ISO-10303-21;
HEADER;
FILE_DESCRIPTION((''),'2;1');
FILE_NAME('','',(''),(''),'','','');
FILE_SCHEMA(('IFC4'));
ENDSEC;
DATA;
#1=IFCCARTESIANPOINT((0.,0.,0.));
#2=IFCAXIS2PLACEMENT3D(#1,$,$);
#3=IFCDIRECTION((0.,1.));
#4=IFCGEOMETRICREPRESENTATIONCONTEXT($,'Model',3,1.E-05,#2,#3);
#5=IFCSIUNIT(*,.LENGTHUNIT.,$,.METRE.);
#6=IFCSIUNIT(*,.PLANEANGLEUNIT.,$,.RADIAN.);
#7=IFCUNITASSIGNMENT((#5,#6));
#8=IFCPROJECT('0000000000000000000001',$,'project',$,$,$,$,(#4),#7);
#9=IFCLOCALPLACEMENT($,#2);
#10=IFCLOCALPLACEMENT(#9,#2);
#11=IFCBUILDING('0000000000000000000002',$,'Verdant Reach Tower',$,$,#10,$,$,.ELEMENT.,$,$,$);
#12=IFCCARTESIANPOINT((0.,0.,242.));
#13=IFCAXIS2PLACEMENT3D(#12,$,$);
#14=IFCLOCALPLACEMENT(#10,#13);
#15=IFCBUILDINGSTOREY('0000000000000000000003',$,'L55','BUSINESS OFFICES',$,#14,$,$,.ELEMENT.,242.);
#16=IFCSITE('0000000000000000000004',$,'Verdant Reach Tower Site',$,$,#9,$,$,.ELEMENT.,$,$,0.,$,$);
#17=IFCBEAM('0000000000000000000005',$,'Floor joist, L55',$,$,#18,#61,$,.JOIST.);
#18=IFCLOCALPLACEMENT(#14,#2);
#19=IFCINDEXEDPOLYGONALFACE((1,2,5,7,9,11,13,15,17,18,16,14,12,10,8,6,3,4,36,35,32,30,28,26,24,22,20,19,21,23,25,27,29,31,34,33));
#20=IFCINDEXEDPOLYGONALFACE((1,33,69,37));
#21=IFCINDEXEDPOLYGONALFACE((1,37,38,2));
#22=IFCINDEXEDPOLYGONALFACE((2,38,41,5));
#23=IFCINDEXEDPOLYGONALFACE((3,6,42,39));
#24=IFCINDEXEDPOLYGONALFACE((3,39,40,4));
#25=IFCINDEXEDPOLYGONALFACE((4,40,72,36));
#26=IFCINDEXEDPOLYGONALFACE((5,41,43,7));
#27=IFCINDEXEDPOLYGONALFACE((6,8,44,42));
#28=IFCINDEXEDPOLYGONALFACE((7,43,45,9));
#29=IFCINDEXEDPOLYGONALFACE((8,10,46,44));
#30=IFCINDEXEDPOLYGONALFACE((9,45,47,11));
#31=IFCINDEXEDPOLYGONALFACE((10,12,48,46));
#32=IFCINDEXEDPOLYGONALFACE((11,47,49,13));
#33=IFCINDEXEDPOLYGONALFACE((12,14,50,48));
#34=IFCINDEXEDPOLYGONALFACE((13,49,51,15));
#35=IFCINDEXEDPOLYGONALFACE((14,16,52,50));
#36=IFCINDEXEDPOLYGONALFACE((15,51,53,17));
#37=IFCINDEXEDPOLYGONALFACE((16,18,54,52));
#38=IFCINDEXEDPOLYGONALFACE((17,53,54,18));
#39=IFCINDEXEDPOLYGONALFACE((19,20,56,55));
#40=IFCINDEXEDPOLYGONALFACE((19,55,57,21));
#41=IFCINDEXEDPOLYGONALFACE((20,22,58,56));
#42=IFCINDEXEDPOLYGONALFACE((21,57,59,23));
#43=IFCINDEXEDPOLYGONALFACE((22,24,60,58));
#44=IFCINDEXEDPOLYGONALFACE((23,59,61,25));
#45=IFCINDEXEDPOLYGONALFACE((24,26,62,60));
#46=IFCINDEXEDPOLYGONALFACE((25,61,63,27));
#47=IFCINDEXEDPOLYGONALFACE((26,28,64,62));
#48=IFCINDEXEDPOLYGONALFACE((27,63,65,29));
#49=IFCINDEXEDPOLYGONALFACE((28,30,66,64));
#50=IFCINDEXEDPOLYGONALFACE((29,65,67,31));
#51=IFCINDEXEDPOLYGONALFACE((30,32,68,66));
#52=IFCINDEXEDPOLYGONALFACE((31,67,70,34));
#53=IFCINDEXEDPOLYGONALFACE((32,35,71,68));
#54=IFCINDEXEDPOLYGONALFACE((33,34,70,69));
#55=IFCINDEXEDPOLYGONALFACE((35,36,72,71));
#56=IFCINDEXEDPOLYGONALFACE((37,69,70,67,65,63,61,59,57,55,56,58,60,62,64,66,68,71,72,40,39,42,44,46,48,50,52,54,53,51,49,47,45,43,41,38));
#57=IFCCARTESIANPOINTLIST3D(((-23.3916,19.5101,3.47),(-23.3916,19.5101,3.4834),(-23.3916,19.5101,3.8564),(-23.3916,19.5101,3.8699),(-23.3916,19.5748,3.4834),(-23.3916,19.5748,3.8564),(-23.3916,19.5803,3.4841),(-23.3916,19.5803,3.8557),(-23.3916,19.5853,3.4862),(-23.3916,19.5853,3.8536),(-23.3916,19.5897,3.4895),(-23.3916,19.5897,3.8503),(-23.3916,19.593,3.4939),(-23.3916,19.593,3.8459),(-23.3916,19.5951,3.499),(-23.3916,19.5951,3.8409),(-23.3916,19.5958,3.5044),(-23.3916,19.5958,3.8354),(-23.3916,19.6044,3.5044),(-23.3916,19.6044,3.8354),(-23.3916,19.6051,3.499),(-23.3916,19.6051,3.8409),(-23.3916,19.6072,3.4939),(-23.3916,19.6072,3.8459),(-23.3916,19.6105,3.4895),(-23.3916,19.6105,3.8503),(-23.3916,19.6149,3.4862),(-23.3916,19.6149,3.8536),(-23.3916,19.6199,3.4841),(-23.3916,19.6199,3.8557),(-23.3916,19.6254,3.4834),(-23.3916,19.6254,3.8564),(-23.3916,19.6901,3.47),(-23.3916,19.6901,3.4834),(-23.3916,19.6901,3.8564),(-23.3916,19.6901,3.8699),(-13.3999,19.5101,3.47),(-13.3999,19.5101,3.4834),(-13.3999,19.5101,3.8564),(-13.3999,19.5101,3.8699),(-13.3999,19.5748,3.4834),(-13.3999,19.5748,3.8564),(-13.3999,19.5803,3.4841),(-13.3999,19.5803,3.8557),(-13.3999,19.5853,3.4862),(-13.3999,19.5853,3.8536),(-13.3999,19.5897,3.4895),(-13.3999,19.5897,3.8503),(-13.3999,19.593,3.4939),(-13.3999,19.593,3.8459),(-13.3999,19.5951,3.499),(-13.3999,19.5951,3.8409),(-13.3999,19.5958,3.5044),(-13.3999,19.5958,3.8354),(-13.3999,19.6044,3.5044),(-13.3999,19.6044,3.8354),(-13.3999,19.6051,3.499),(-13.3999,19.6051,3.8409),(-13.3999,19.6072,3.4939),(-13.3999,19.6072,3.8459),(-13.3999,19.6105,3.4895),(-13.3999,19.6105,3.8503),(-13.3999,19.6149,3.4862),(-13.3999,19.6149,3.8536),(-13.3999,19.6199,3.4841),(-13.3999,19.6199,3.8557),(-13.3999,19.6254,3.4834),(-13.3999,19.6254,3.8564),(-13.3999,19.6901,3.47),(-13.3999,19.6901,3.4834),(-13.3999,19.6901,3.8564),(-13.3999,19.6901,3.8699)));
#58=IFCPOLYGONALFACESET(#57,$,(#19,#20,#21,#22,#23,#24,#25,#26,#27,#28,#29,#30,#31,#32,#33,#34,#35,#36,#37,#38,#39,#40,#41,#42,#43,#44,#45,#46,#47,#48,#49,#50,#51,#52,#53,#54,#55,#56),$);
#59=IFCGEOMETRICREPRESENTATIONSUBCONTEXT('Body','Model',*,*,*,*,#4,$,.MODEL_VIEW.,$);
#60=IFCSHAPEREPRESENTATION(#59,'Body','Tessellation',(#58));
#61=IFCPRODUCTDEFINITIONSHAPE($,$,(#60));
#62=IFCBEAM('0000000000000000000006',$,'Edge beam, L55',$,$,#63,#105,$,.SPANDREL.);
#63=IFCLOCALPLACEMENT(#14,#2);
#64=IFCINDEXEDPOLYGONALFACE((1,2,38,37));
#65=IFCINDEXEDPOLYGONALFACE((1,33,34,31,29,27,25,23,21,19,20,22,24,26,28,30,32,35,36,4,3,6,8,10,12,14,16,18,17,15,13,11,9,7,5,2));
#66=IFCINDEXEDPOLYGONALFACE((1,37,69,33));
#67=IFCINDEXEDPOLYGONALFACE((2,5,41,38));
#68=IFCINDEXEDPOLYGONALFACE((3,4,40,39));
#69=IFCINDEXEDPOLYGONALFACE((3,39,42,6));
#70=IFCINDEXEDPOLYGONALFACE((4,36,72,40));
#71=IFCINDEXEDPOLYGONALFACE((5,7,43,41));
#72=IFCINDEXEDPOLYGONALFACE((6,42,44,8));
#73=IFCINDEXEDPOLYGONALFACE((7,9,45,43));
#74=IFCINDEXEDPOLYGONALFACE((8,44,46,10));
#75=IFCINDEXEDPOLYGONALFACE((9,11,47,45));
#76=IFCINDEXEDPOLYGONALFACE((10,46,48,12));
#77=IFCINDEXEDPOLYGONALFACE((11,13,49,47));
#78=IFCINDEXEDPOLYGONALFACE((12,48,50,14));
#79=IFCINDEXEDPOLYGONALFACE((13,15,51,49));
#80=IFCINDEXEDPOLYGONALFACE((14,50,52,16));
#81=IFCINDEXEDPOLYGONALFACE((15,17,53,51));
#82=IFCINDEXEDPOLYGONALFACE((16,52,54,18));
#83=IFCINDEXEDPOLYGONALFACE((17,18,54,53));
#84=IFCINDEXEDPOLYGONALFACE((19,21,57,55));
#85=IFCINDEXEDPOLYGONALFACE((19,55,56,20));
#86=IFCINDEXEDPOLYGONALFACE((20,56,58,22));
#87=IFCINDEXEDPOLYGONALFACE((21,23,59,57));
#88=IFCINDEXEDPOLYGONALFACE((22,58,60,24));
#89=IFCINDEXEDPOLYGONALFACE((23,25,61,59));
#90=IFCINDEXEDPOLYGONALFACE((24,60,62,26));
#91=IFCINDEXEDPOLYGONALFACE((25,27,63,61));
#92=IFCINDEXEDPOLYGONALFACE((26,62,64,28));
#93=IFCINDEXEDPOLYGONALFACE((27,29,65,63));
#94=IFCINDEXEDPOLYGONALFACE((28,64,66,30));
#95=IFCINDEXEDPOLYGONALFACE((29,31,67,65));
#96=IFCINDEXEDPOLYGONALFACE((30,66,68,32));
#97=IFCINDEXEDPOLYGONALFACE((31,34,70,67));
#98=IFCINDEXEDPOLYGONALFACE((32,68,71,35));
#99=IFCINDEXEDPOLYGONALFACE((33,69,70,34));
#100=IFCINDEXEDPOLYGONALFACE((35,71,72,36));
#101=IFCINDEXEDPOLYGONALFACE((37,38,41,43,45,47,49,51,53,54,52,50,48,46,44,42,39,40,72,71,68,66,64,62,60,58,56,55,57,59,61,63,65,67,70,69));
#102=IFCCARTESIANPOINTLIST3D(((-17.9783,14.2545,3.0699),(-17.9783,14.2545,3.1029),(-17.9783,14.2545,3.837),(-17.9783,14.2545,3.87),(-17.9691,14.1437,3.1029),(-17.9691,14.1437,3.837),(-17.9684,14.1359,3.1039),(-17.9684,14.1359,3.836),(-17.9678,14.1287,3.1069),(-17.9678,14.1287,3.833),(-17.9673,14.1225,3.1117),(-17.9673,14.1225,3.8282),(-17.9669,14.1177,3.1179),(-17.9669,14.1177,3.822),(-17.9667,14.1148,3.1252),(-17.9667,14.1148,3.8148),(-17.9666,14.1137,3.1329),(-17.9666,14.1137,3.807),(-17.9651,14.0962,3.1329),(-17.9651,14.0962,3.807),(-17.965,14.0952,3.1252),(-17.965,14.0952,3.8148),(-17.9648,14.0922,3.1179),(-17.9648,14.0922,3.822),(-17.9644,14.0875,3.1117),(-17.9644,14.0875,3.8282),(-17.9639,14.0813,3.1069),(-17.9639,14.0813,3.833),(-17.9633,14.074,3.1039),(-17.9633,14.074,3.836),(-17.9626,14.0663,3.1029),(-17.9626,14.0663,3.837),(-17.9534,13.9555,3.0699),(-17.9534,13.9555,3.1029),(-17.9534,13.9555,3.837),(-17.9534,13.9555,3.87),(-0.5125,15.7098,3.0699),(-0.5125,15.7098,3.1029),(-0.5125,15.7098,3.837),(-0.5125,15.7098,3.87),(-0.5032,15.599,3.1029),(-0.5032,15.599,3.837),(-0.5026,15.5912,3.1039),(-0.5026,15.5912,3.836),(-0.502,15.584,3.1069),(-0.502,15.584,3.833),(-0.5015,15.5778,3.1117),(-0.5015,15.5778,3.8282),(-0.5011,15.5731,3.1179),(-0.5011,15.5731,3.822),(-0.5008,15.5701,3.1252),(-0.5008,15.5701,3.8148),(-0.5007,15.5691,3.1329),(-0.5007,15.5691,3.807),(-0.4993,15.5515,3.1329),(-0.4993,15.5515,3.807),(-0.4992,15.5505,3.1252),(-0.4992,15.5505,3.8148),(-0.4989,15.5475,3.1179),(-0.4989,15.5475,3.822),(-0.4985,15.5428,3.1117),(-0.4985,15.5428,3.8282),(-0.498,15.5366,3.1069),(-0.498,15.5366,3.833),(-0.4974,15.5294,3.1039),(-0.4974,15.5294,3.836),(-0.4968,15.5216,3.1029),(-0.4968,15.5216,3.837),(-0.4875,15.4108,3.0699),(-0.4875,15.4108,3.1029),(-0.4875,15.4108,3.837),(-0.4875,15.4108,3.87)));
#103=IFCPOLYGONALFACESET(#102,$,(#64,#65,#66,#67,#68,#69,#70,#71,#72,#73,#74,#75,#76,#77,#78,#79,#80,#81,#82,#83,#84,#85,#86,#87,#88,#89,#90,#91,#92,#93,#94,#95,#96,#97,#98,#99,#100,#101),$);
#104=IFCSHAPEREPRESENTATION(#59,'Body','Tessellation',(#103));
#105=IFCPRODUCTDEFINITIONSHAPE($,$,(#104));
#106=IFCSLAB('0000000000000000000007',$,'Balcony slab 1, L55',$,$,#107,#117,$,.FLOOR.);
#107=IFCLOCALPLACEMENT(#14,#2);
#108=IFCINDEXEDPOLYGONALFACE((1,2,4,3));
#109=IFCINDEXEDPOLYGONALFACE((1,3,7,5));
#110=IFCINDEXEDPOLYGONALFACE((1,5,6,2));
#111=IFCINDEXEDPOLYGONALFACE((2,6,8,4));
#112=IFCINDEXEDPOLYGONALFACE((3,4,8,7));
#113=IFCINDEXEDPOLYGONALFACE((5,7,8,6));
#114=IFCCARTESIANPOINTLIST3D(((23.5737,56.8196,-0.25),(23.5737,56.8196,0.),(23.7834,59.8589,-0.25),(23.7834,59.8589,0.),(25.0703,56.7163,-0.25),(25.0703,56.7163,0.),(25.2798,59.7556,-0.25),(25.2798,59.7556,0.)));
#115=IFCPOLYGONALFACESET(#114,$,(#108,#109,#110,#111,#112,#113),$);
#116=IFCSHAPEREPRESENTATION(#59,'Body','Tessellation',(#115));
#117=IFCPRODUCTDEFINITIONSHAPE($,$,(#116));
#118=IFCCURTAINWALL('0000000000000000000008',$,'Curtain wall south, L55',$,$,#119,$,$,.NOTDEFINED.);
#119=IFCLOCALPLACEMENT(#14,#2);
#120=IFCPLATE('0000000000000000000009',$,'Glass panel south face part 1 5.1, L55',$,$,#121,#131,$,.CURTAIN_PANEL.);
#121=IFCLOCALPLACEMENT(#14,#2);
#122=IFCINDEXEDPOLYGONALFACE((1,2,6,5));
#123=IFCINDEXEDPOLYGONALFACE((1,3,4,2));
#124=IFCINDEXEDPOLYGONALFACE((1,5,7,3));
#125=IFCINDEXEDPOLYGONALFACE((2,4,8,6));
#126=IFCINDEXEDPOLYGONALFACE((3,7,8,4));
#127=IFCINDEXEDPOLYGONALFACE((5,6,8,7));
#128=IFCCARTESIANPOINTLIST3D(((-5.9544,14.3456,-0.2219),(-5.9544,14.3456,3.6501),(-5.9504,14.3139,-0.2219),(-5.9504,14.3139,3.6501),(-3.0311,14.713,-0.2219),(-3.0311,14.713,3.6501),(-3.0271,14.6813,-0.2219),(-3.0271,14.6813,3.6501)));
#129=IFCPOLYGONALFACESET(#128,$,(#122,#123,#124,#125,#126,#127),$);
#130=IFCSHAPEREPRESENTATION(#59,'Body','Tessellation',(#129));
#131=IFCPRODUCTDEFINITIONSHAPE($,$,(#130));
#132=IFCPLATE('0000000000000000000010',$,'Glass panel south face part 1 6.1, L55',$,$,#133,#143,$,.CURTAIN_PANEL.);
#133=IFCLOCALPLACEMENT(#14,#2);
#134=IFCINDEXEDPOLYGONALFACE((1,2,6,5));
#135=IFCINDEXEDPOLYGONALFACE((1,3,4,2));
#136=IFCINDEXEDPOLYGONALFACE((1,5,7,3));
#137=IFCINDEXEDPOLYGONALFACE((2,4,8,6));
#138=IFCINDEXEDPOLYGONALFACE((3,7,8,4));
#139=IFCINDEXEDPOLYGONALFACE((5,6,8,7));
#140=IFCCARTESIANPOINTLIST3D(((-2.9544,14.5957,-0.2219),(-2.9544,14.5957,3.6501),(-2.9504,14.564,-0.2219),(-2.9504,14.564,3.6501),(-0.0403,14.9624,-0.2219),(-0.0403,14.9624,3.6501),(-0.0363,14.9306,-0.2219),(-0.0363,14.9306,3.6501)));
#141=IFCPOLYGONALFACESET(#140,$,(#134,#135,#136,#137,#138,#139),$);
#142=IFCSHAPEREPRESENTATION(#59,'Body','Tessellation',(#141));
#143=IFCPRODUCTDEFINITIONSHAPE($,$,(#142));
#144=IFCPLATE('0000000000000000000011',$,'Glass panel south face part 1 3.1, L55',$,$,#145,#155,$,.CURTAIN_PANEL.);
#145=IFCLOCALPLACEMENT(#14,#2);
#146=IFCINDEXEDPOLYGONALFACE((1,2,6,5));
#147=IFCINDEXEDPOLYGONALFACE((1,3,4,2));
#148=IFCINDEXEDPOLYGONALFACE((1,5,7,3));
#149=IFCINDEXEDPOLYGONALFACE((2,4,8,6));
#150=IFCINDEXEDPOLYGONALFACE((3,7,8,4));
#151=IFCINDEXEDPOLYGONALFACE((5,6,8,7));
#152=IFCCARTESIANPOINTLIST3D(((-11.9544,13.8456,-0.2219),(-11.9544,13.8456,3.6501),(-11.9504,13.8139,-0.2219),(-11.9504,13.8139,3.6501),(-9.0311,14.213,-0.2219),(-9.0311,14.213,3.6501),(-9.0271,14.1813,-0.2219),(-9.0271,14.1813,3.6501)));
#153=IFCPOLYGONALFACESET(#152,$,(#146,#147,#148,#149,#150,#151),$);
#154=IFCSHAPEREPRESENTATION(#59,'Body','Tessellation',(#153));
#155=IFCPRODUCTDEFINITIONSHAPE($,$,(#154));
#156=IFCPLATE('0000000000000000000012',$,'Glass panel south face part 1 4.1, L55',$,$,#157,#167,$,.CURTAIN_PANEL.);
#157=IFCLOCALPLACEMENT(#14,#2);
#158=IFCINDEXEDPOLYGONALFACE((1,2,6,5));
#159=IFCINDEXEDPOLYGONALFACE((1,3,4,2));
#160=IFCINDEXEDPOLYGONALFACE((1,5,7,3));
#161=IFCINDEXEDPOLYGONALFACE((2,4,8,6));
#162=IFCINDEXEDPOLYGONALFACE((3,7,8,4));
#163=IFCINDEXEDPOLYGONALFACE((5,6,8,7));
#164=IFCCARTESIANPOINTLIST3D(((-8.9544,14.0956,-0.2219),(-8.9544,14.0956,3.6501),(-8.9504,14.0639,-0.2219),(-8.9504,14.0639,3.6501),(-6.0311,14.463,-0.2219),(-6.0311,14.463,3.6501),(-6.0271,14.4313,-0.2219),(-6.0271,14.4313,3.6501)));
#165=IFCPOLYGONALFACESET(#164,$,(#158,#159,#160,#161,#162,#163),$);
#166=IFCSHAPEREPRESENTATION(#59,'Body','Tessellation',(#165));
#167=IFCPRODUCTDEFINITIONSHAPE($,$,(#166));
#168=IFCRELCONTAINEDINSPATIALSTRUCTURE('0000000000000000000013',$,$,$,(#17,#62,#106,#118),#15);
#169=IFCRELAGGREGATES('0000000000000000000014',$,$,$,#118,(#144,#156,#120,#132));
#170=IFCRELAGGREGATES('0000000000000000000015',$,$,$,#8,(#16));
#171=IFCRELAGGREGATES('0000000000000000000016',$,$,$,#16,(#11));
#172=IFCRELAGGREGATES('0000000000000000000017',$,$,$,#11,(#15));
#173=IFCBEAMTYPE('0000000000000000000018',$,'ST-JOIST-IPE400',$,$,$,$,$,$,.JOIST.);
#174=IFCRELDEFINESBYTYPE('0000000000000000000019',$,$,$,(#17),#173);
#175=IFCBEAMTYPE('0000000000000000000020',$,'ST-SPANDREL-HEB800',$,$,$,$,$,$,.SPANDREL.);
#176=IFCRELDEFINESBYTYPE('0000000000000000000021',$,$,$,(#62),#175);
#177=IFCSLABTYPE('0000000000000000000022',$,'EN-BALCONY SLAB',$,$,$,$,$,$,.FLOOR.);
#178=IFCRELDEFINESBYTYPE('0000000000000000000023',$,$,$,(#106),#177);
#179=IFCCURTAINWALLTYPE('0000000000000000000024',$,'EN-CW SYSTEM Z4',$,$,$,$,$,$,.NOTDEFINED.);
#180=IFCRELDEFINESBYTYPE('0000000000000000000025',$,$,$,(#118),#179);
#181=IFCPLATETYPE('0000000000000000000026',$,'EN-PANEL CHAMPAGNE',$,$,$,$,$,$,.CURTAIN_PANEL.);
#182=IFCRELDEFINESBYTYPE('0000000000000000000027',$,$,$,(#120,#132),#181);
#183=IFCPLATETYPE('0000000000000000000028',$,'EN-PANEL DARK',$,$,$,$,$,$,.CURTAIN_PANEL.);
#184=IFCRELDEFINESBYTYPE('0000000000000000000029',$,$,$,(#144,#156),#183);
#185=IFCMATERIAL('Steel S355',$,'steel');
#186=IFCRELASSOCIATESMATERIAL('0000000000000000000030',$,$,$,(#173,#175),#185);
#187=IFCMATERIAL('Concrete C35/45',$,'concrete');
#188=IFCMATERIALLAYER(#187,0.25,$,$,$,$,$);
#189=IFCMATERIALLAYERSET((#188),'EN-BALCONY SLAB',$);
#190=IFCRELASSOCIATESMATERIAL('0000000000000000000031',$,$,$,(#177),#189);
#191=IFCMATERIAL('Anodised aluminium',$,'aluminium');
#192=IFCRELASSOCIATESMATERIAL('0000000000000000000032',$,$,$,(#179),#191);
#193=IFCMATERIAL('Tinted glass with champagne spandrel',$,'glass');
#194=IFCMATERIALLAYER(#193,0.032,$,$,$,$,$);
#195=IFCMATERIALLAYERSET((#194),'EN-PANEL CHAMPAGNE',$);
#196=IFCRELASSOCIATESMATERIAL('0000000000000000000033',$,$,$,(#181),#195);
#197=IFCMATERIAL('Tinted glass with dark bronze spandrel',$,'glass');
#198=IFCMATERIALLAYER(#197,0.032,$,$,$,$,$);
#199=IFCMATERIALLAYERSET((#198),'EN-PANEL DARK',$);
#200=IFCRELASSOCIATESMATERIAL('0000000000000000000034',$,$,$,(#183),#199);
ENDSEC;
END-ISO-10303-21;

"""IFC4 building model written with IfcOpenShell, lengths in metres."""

from ifc_helpers import new_model, si_unit, direction, frame, origin, origin_2d, place, context, subcontext, project, spatial, polyline, rectangle, i_section, outline, extrude, material, layer, layer_set, material_profile, profile_set, type_object, element, aggregate, save


model = new_model("IFC4")

# Units and contexts
model_context = context("Model", 3, precision=1e-05, world=origin(), true_north=direction((0.0, 1.0)))
body_context = subcontext(model_context, "Body", "Model", "MODEL_VIEW")
ifc_project = project(units=[si_unit("LENGTHUNIT", "METRE"), si_unit("PLANEANGLEUNIT", "RADIAN")], contexts=[model_context])

# Site, building, storey
site_placement = place(None, origin())
site = spatial("IfcSite", under=ifc_project, at=site_placement, Name="Verdant Reach Tower Site", CompositionType="ELEMENT", RefElevation=0.0)
building_placement = place(site_placement, origin())
building = spatial("IfcBuilding", under=site, at=building_placement, Name="Verdant Reach Tower", CompositionType="ELEMENT")
storey_placement = place(building_placement, frame((0.0, 0.0, 242.0)))
storey = spatial("IfcBuildingStorey", under=building, at=storey_placement, Name="L55", Description="BUSINESS OFFICES", CompositionType="ELEMENT", Elevation=242.0)

# Beams
ifc_material_1 = material(Name="Steel S355", Category="steel")
ifc_material_profile_1 = material_profile(ifc_material_1, i_section(OverallWidth=0.1799, OverallDepth=0.3999, WebThickness=0.0085, FlangeThickness=0.0134, FilletRadius=0.021, at=origin_2d()), Name="IPE 400")
ifc_profile_set_1 = profile_set([ifc_material_profile_1], Name="Steel S355")
beam_type_1 = type_object("IfcBeamType", Name="ST-JOIST-IPE400", PredefinedType="JOIST", material=ifc_profile_set_1)
beam_1_placement = place(storey_placement, frame((-13.3999, 19.6001, 3.6699), z_axis=(-1.0, 0.0, 0.0), x_axis=(0.0, -1.0, 0.0)))
element("IfcBeam", 1, at=beam_1_placement, inside=storey, type_object=beam_type_1, Name="Floor joist, L55", PredefinedType="JOIST", context=body_context, shape_type="SweptSolid", body=[
    extrude(i_section(OverallWidth=0.1799, OverallDepth=0.3999, WebThickness=0.0085, FlangeThickness=0.0134, FilletRadius=0.021, at=origin_2d()), origin(), (0.0, 0.0, 1.0), 9.9917),
])
ifc_material_profile_2 = material_profile(ifc_material_1, i_section(OverallWidth=0.3, OverallDepth=0.8, WebThickness=0.0176, FlangeThickness=0.033, FilletRadius=0.03, at=origin_2d()), Name="HEB 800")
ifc_profile_set_2 = profile_set([ifc_material_profile_2], Name="Steel S355")
beam_type_2 = type_object("IfcBeamType", Name="ST-SPANDREL-HEB800", PredefinedType="SPANDREL", material=ifc_profile_set_2)
beam_2_placement = place(storey_placement, frame((-0.5, 15.5603, 3.47), z_axis=(-0.996547, -0.083036, 0.0), x_axis=(0.083036, -0.996547, 0.0)))
element("IfcBeam", 2, at=beam_2_placement, inside=storey, type_object=beam_type_2, Name="Edge beam, L55", PredefinedType="SPANDREL", context=body_context, shape_type="SweptSolid", body=[
    extrude(i_section(OverallWidth=0.3, OverallDepth=0.8, WebThickness=0.0176, FlangeThickness=0.033, FilletRadius=0.03, at=origin_2d()), origin(), (0.0, 0.0, 1.0), 17.5264),
])

# Slab
ifc_material_2 = material(Name="Concrete C35/45", Category="concrete")
ifc_layer_1 = layer(ifc_material_2, 0.25)
ifc_layer_set_1 = layer_set([ifc_layer_1], Name="EN-BALCONY SLAB")
slab_type_1 = type_object("IfcSlabType", Name="EN-BALCONY SLAB", PredefinedType="FLOOR", material=ifc_layer_set_1)
slab_1_placement = place(storey_placement, frame((0.0, 0.0, -0.25)))
element("IfcSlab", 3, at=slab_1_placement, inside=storey, type_object=slab_type_1, Name="Balcony slab 1, L55", PredefinedType="FLOOR", context=body_context, shape_type="SweptSolid", body=[
    extrude(outline(polyline([(23.5737, 56.8196), (23.7834, 59.8589), (25.2798, 59.7556), (25.0703, 56.7163), (23.5737, 56.8196)])), origin(), (0.0, 0.0, 1.0), 0.25),
])

# Curtain wall, plates
ifc_material_3 = material(Name="Anodised aluminium", Category="aluminium")
curtain_wall_type = type_object("IfcCurtainWallType", Name="EN-CW SYSTEM Z4", PredefinedType="NOTDEFINED", material=ifc_material_3)
curtain_wall_placement = place(storey_placement, origin())
curtain_wall = element("IfcCurtainWall", 4, at=curtain_wall_placement, inside=storey, type_object=curtain_wall_type, Name="Curtain wall south, L55", PredefinedType="NOTDEFINED")
ifc_material_4 = material(Name="Tinted glass with champagne spandrel", Category="glass")
ifc_layer_2 = layer(ifc_material_4, 0.032)
ifc_layer_set_2 = layer_set([ifc_layer_2], Name="EN-PANEL CHAMPAGNE")
plate_type_1 = type_object("IfcPlateType", Name="EN-PANEL CHAMPAGNE", PredefinedType="CURTAIN_PANEL", material=ifc_layer_set_2)
plate_1_placement = place(storey_placement, frame((-4.4907, 14.5134, -0.2219), z_axis=(0.0, 0.0, 1.0), x_axis=(0.992194, 0.124704, 0.0)))
plate_1 = element("IfcPlate", 5, at=plate_1_placement, type_object=plate_type_1, Name="Glass panel south face part 1 5.1, L55", PredefinedType="CURTAIN_PANEL", context=body_context, shape_type="SweptSolid", body=[
    extrude(rectangle(XDim=2.9463, YDim=0.032, at=origin_2d()), origin(), (0.0, 0.0, 1.0), 3.8721),
])
plate_2_placement = place(storey_placement, frame((-1.4954, 14.7632, -0.2219), z_axis=(0.0, 0.0, 1.0), x_axis=(0.992178, 0.124832, 0.0)))
plate_2 = element("IfcPlate", 6, at=plate_2_placement, type_object=plate_type_1, Name="Glass panel south face part 1 6.1, L55", PredefinedType="CURTAIN_PANEL", context=body_context, shape_type="SweptSolid", body=[
    extrude(rectangle(XDim=2.937, YDim=0.032, at=origin_2d()), origin(), (0.0, 0.0, 1.0), 3.8721),
])
ifc_material_5 = material(Name="Tinted glass with dark bronze spandrel", Category="glass")
ifc_layer_3 = layer(ifc_material_5, 0.032)
ifc_layer_set_3 = layer_set([ifc_layer_3], Name="EN-PANEL DARK")
plate_type_2 = type_object("IfcPlateType", Name="EN-PANEL DARK", PredefinedType="CURTAIN_PANEL", material=ifc_layer_set_3)
plate_3_placement = place(storey_placement, frame((-10.4907, 14.0134, -0.2219), z_axis=(0.0, 0.0, 1.0), x_axis=(0.992194, 0.124704, 0.0)))
plate_3 = element("IfcPlate", 7, at=plate_3_placement, type_object=plate_type_2, Name="Glass panel south face part 1 3.1, L55", PredefinedType="CURTAIN_PANEL", context=body_context, shape_type="SweptSolid", body=[
    extrude(rectangle(XDim=2.9463, YDim=0.032, at=origin_2d()), origin(), (0.0, 0.0, 1.0), 3.8721),
])
plate_4_placement = place(storey_placement, frame((-7.4907, 14.2634, -0.2219), z_axis=(0.0, 0.0, 1.0), x_axis=(0.992194, 0.124704, 0.0)))
plate_4 = element("IfcPlate", 8, at=plate_4_placement, type_object=plate_type_2, Name="Glass panel south face part 1 4.1, L55", PredefinedType="CURTAIN_PANEL", context=body_context, shape_type="SweptSolid", body=[
    extrude(rectangle(XDim=2.9463, YDim=0.032, at=origin_2d()), origin(), (0.0, 0.0, 1.0), 3.8721),
])
aggregate(curtain_wall, [plate_3, plate_4, plate_1, plate_2])

save(model, "model.ifc")
